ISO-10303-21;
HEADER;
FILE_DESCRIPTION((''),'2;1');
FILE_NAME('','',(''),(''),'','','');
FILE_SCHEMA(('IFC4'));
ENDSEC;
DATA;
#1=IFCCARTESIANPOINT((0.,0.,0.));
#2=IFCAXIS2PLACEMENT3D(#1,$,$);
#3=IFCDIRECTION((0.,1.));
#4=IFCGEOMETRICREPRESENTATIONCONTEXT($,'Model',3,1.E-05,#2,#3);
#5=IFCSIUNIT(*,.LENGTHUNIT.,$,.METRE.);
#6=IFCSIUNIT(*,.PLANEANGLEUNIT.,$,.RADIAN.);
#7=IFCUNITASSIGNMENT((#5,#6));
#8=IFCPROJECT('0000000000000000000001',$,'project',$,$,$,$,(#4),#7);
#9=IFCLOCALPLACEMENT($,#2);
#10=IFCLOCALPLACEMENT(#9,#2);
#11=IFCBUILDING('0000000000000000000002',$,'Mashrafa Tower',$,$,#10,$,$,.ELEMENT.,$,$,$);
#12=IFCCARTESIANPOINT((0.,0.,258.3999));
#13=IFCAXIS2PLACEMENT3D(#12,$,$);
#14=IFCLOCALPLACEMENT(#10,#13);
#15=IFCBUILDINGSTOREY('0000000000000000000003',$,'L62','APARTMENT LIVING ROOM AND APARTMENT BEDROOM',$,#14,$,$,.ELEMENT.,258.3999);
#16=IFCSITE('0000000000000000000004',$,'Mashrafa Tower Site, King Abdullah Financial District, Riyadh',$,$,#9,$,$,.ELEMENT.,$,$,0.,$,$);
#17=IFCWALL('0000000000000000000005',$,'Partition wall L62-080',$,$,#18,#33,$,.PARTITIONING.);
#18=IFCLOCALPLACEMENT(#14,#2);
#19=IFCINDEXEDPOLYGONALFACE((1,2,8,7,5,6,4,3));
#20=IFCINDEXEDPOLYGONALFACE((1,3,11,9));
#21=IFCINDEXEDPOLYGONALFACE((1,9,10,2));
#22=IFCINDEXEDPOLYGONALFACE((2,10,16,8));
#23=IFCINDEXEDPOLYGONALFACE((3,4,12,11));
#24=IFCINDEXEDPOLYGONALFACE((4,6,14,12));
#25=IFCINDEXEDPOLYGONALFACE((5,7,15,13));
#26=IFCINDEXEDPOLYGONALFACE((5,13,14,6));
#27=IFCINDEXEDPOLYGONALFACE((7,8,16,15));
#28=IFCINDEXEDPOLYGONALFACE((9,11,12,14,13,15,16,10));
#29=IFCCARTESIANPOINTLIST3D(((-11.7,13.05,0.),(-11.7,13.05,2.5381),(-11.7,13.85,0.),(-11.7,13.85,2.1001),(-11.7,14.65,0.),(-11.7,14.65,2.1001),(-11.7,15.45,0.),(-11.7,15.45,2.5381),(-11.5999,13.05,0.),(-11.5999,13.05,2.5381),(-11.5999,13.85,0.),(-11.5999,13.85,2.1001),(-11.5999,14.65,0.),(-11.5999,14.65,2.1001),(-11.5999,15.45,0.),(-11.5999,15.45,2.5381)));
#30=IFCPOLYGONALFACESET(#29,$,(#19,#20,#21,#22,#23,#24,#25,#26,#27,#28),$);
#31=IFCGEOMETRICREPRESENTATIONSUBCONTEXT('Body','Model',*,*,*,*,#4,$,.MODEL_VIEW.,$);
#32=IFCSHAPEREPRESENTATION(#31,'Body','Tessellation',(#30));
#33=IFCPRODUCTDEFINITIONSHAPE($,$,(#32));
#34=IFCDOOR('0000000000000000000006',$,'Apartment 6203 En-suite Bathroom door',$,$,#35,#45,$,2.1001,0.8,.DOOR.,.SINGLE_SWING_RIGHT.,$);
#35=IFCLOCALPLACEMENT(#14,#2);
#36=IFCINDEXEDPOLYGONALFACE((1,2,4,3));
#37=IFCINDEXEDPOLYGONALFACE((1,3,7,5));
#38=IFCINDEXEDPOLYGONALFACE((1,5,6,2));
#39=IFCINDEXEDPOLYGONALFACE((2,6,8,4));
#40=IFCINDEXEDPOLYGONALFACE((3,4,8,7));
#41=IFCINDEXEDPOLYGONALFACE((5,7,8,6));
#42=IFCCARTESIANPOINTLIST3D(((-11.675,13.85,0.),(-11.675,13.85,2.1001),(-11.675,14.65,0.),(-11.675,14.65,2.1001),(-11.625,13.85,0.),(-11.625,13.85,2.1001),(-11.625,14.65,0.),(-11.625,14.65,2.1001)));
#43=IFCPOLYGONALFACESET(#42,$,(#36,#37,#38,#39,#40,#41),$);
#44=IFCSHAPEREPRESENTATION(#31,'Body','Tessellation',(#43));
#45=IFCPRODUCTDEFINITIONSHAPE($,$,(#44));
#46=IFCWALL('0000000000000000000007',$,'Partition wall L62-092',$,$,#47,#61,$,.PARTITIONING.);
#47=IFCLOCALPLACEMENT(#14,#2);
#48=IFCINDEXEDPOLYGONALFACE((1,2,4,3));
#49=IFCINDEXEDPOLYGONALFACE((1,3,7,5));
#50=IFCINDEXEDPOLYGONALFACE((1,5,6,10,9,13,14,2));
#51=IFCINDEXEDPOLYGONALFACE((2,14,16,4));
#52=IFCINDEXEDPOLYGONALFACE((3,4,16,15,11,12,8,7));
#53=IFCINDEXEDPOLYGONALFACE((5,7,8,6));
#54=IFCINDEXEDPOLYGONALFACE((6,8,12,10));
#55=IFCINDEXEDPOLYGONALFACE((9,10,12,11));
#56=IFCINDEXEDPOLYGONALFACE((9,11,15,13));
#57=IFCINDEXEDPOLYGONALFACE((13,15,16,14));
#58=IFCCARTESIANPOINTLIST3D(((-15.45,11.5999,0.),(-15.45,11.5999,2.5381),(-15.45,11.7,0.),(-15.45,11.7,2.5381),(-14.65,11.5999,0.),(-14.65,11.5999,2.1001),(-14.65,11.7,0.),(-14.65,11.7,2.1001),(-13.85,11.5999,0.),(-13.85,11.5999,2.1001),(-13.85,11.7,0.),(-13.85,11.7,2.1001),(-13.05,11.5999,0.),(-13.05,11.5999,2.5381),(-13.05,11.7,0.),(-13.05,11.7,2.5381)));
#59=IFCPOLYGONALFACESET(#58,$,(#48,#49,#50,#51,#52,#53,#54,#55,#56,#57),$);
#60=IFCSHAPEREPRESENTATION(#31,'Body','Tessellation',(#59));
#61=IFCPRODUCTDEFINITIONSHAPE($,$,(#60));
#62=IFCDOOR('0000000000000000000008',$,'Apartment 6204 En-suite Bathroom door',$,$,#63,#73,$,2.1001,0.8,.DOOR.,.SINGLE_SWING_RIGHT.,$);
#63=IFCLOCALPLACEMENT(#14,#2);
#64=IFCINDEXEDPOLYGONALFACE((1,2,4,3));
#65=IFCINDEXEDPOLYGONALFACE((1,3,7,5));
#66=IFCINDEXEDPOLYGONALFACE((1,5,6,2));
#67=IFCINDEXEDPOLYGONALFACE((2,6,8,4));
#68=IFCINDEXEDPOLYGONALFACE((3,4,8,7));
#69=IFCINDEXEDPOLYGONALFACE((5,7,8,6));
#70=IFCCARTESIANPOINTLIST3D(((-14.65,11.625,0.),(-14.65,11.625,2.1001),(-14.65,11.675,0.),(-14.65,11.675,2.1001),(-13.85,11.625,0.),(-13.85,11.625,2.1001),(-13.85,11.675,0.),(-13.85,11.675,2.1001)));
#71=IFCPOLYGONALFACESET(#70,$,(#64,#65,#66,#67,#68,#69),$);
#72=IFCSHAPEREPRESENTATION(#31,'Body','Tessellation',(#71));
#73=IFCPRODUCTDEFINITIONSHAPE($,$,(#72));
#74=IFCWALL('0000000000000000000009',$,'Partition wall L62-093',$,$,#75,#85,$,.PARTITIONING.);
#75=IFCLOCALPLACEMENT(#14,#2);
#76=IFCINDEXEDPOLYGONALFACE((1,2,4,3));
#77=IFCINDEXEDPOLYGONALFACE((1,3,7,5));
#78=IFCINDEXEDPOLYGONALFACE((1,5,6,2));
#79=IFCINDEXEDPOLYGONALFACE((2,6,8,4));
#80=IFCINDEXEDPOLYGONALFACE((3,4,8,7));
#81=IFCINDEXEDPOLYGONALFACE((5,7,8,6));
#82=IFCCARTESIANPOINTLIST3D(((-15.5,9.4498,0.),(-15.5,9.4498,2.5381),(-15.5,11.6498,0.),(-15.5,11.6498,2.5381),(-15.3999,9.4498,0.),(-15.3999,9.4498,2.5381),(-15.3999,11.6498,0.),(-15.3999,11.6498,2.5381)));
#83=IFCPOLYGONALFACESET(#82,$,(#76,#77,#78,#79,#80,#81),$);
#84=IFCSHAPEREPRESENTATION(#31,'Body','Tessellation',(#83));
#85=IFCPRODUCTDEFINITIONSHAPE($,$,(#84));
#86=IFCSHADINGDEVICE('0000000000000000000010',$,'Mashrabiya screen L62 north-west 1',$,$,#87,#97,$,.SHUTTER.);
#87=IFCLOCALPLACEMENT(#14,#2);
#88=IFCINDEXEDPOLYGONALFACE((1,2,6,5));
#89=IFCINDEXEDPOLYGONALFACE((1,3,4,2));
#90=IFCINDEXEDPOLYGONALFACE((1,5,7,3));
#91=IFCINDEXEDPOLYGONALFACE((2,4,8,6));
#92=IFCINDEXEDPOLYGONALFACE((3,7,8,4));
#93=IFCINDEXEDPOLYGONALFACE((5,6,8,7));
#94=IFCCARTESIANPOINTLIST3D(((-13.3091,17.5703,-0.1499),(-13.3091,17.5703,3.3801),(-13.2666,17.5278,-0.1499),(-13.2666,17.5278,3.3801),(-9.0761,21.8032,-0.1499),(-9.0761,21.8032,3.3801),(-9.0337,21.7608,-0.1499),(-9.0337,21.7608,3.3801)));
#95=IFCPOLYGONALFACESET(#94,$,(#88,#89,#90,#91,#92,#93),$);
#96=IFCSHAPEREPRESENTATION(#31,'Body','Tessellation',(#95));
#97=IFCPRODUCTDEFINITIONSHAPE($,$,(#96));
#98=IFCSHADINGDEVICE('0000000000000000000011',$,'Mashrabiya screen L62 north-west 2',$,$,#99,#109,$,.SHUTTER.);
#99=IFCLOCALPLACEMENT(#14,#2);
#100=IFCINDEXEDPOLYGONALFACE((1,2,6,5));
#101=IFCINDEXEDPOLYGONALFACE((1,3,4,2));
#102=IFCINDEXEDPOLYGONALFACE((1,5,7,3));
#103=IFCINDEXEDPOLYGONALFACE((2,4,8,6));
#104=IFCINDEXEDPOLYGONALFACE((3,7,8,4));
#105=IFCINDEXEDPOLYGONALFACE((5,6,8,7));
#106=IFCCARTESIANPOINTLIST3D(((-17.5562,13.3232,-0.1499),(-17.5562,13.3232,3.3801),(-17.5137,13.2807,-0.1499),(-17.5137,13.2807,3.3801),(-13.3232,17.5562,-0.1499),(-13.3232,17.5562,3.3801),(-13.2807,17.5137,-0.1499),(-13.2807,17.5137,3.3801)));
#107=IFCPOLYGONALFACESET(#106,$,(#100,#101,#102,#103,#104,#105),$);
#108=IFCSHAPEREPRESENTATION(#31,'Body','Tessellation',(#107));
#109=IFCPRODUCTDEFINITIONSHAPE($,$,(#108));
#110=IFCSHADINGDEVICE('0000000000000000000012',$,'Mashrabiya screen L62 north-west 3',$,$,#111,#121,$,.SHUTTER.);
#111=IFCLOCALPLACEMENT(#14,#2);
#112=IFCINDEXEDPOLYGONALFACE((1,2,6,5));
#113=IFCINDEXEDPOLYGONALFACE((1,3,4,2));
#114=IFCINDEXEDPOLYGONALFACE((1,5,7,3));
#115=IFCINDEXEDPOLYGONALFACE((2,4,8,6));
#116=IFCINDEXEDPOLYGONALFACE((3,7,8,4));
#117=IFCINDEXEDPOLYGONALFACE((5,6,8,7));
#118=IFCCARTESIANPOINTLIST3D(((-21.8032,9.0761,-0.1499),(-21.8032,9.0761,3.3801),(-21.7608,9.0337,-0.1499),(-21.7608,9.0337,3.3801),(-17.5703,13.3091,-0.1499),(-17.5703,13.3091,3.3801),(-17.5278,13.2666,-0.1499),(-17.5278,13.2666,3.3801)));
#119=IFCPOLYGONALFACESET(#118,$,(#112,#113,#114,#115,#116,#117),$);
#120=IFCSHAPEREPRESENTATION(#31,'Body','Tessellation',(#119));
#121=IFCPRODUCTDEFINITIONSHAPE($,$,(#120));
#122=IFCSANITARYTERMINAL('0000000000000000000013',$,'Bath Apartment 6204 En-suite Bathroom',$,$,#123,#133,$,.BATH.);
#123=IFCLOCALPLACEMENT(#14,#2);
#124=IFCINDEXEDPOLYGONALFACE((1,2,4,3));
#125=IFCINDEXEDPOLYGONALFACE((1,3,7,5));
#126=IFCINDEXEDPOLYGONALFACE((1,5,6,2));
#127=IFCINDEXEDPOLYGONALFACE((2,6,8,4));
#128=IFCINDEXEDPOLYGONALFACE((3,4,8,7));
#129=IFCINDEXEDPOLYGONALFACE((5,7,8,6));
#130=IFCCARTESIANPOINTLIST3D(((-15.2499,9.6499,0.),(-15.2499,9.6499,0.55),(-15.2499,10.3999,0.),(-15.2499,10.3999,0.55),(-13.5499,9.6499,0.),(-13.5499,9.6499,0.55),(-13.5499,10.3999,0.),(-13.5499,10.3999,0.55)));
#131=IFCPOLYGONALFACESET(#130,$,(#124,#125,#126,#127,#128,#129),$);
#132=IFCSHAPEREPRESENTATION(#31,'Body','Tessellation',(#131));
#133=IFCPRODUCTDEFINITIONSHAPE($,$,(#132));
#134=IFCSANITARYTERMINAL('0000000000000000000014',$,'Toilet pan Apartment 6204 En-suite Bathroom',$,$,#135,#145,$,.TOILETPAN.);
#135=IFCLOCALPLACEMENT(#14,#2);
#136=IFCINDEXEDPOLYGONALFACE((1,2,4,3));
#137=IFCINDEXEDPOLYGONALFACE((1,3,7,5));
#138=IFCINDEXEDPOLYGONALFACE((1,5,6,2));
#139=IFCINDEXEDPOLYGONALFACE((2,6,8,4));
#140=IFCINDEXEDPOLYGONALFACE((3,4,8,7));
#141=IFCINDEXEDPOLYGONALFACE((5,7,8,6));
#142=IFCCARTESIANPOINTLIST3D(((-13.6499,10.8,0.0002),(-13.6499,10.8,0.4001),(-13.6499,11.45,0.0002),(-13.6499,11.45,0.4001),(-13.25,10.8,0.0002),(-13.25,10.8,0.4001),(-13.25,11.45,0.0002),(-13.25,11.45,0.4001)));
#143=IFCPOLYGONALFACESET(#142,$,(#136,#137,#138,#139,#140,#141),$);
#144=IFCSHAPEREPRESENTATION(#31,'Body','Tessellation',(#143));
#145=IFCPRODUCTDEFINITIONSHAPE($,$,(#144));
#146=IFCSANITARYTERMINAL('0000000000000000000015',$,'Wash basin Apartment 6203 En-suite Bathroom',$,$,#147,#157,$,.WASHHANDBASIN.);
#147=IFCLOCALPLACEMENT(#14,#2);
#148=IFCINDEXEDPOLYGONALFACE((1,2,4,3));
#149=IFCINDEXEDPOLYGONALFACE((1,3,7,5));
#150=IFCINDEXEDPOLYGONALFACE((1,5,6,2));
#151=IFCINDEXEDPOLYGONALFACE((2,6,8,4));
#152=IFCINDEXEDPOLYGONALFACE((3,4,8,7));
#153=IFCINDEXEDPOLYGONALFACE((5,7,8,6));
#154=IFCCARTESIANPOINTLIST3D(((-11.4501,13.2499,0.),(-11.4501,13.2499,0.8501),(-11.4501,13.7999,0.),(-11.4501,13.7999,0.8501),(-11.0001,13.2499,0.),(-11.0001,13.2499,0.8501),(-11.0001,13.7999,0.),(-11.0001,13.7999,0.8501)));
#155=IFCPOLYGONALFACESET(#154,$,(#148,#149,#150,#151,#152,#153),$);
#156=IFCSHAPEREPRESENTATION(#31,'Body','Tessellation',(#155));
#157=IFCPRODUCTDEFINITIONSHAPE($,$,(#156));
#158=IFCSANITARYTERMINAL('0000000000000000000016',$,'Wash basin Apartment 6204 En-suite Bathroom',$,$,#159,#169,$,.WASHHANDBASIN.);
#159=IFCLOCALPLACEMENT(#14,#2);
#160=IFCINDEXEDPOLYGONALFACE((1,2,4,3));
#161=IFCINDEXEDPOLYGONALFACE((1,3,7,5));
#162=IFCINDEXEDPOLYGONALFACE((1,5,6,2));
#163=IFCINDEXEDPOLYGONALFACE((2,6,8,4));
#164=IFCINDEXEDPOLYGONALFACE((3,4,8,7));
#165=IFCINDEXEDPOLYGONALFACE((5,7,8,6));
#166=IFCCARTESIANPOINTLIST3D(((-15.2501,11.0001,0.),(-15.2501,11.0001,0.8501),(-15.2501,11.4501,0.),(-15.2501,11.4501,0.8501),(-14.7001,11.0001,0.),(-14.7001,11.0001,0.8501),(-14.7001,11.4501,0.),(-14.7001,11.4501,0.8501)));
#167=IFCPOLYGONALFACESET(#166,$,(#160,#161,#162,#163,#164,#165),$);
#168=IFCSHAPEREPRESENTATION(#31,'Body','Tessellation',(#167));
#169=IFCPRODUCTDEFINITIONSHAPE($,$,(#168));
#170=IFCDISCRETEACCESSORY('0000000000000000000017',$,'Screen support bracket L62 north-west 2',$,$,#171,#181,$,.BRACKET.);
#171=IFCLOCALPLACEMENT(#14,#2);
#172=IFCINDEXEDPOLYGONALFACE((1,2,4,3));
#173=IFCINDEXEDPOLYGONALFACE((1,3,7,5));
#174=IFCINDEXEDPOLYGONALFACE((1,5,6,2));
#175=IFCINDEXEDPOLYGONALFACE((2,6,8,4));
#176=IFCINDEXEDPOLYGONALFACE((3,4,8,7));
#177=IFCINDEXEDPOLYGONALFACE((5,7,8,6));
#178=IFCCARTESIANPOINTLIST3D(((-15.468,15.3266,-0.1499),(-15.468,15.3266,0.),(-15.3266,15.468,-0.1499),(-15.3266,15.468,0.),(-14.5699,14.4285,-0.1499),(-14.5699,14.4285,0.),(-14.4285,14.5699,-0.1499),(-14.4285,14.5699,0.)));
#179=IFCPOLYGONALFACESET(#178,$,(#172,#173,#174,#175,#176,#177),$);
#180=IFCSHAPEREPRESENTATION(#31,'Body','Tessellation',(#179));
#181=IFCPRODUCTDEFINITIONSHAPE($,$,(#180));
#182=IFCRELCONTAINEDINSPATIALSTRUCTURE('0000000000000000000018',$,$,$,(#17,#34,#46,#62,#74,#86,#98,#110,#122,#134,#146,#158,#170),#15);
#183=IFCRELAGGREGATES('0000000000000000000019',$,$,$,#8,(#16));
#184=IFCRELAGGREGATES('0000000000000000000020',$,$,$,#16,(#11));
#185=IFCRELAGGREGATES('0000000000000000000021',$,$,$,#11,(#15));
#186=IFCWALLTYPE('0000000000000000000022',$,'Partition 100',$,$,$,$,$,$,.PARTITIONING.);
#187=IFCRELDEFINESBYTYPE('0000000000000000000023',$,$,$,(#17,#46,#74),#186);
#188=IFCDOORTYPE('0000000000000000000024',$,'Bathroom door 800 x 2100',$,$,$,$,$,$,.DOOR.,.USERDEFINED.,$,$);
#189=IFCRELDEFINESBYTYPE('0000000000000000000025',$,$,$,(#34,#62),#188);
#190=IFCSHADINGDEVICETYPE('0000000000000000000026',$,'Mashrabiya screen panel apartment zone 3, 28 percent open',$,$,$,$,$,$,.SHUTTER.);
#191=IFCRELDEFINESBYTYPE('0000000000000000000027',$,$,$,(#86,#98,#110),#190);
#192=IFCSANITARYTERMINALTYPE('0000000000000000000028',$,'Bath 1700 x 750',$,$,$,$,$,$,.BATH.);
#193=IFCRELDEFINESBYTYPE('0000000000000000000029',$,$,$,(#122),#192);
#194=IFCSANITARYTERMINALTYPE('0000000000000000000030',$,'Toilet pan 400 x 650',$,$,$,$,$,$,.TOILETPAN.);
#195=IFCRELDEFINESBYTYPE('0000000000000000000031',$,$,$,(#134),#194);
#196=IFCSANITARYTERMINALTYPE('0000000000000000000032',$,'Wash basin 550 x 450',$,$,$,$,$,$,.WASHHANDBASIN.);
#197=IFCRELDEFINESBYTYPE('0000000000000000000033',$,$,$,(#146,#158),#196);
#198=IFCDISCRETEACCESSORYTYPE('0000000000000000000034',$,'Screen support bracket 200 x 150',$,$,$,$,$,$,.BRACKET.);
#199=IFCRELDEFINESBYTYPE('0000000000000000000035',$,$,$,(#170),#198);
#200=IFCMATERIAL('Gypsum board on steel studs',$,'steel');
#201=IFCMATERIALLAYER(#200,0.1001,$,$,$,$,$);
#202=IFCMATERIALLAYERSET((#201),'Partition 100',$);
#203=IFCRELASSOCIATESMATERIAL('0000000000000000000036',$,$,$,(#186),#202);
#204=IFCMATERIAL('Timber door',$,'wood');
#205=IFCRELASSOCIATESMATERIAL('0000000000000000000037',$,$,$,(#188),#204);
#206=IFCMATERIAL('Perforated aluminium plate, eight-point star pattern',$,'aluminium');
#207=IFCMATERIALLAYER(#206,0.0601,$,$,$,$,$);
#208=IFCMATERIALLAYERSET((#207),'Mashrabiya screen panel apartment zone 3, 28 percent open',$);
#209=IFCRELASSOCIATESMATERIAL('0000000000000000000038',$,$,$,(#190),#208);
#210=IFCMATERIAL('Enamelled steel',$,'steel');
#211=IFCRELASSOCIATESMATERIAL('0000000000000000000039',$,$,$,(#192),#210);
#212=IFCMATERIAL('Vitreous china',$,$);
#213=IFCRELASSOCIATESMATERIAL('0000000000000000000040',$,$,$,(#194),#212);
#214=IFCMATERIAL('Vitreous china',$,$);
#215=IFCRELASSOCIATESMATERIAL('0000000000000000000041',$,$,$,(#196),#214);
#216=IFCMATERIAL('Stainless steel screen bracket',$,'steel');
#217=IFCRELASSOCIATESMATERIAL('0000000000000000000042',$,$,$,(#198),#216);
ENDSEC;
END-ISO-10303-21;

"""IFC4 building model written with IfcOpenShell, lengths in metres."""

from ifc_helpers import new_model, si_unit, direction, frame, frame_2d, origin, origin_2d, place, context, subcontext, project, spatial, rectangle, extrude, source, transform, mapped, material, layer, layer_set, type_object, type_shapes, element, fill, save


model = new_model("IFC4")

# Units and contexts
model_context = context("Model", 3, precision=1e-05, world=origin(), true_north=direction((0.0, 1.0)))
body_context = subcontext(model_context, "Body", "Model", "MODEL_VIEW")
ifc_project = project(units=[si_unit("LENGTHUNIT", "METRE"), si_unit("PLANEANGLEUNIT", "RADIAN")], contexts=[model_context])

# Site, building, storey
site_placement = place(None, origin())
site = spatial("IfcSite", under=ifc_project, at=site_placement, Name="Mashrafa Tower Site, King Abdullah Financial District, Riyadh", CompositionType="ELEMENT", RefElevation=0.0)
building_placement = place(site_placement, origin())
building = spatial("IfcBuilding", under=site, at=building_placement, Name="Mashrafa Tower", CompositionType="ELEMENT")
storey_placement = place(building_placement, frame((0.0, 0.0, 258.3999)))
storey = spatial("IfcBuildingStorey", under=building, at=storey_placement, Name="L62", Description="APARTMENT LIVING ROOM AND APARTMENT BEDROOM", CompositionType="ELEMENT", Elevation=258.3999)

# Walls, openings, doors
ifc_material_1 = material(Name="Gypsum board on steel studs", Category="steel")
ifc_layer_1 = layer(ifc_material_1, 0.1001)
ifc_layer_set_1 = layer_set([ifc_layer_1], Name="Partition 100")
wall_type_1 = type_object("IfcWallType", Name="Partition 100", PredefinedType="PARTITIONING", material=ifc_layer_set_1)
wall_1_placement = place(storey_placement, frame((-11.6499, 15.45, 0.0), z_axis=(0.0, 0.0, 1.0), x_axis=(0.0, -1.0, 0.0)))
wall_1 = element("IfcWall", 1, at=wall_1_placement, inside=storey, type_object=wall_type_1, Name="Partition wall L62-080", PredefinedType="PARTITIONING", context=body_context, shape_type="SweptSolid", body=[
    extrude(rectangle(XDim=2.3999, YDim=0.1001, at=frame_2d((1.2, 0.0))), origin(), (0.0, 0.0, 1.0), 2.5381),
])
opening_1_placement = place(wall_1_placement, frame((0.8, 0.0, 0.0)))
opening_1 = element("IfcOpeningElement", 2, at=opening_1_placement, cuts=wall_1, PredefinedType="OPENING", context=body_context, shape_type="SweptSolid", body=[
    extrude(rectangle(XDim=0.8, YDim=2.1001, at=frame_2d((0.3999, 1.05))), frame((0.0, 0.0601, 0.0), z_axis=(0.0, -1.0, 0.0), x_axis=(1.0, 0.0, 0.0)), (0.0, 0.0, 1.0), 0.1201),
])
ifc_material_2 = material(Name="Timber door", Category="wood")
door_type = type_object("IfcDoorType", Name="Bathroom door 800 x 2100", OperationType="USERDEFINED", PredefinedType="DOOR", material=ifc_material_2)
door_1_placement = place(opening_1_placement, origin())
door_1 = element("IfcDoor", 3, at=door_1_placement, inside=storey, type_object=door_type, Name="Apartment 6203 En-suite Bathroom door", OperationType="SINGLE_SWING_RIGHT", OverallHeight=2.1001, OverallWidth=0.8, PredefinedType="DOOR", context=body_context, shape_type="SweptSolid", body=[
    extrude(rectangle(XDim=0.8, YDim=2.1001, at=frame_2d((0.3999, 1.05))), frame((0.0, 0.0249, 0.0), z_axis=(0.0, -1.0, 0.0), x_axis=(1.0, 0.0, 0.0)), (0.0, 0.0, 1.0), 0.05),
])
fill(opening_1, door_1)
wall_2_placement = place(storey_placement, frame((-13.05, 11.6499, 0.0), z_axis=(0.0, 0.0, 1.0), x_axis=(-1.0, 0.0, 0.0)))
wall_2 = element("IfcWall", 4, at=wall_2_placement, inside=storey, type_object=wall_type_1, Name="Partition wall L62-092", PredefinedType="PARTITIONING", context=body_context, shape_type="SweptSolid", body=[
    extrude(rectangle(XDim=2.3999, YDim=0.1001, at=frame_2d((1.2, 0.0))), origin(), (0.0, 0.0, 1.0), 2.5381),
])
opening_2_placement = place(wall_2_placement, frame((0.8, 0.0, 0.0)))
opening_2 = element("IfcOpeningElement", 5, at=opening_2_placement, cuts=wall_2, PredefinedType="OPENING", context=body_context, shape_type="SweptSolid", body=[
    extrude(rectangle(XDim=0.8, YDim=2.1001, at=frame_2d((0.3999, 1.05))), frame((0.0, 0.0601, 0.0), z_axis=(0.0, -1.0, 0.0), x_axis=(1.0, 0.0, 0.0)), (0.0, 0.0, 1.0), 0.1201),
])
door_2_placement = place(opening_2_placement, origin())
door_2 = element("IfcDoor", 6, at=door_2_placement, inside=storey, type_object=door_type, Name="Apartment 6204 En-suite Bathroom door", OperationType="SINGLE_SWING_RIGHT", OverallHeight=2.1001, OverallWidth=0.8, PredefinedType="DOOR", context=body_context, shape_type="SweptSolid", body=[
    extrude(rectangle(XDim=0.8, YDim=2.1001, at=frame_2d((0.3999, 1.05))), frame((0.0, 0.0249, 0.0), z_axis=(0.0, -1.0, 0.0), x_axis=(1.0, 0.0, 0.0)), (0.0, 0.0, 1.0), 0.05),
])
fill(opening_2, door_2)

# Wall
wall_3_placement = place(storey_placement, frame((-15.45, 11.6499, 0.0), z_axis=(0.0, 0.0, 1.0), x_axis=(0.0, -1.0, 0.0)))
element("IfcWall", 7, at=wall_3_placement, inside=storey, type_object=wall_type_1, Name="Partition wall L62-093", PredefinedType="PARTITIONING", context=body_context, shape_type="SweptSolid", body=[
    extrude(rectangle(XDim=2.2, YDim=0.1001, at=frame_2d((1.1001, 0.0))), origin(), (0.0, 0.0, 1.0), 2.5381),
])

# Shading devices
ifc_material_3 = material(Name="Perforated aluminium plate, eight-point star pattern", Category="aluminium")
ifc_layer_2 = layer(ifc_material_3, 0.0601)
ifc_layer_set_2 = layer_set([ifc_layer_2], Name="Mashrabiya screen panel apartment zone 3, 28 percent open")
shading_device_type = type_object("IfcShadingDeviceType", Name="Mashrabiya screen panel apartment zone 3, 28 percent open", PredefinedType="SHUTTER", material=ifc_layer_set_2)
shared_shape_1 = source(origin(), body_context, "Body", "SweptSolid", [
    extrude(rectangle(XDim=5.9863, YDim=0.0601, at=origin_2d()), origin(), (0.0, 0.0, 1.0), 3.53),
])
type_shapes(shading_device_type, [shared_shape_1])
for number, where, z_axis, x_axis, name in (
    (8, (-11.1714, 19.6655, -0.1499), (0.0, 0.0, 1.0), (-0.707107, -0.707107, 0.0), "Mashrabiya screen L62 north-west 1"),
    (9, (-15.4185, 15.4185, -0.1499), (0.0, 0.0, 1.0), (-0.707107, -0.707107, 0.0), "Mashrabiya screen L62 north-west 2"),
    (10, (-19.6655, 11.1714, -0.1499), (0.0, 0.0, 1.0), (-0.707107, -0.707107, 0.0), "Mashrabiya screen L62 north-west 3"),
):
    element("IfcShadingDevice", number, at=place(storey_placement, frame(where, z_axis=z_axis, x_axis=x_axis)), inside=storey, type_object=shading_device_type, Name=name, PredefinedType="SHUTTER", context=body_context, shape_type="MappedRepresentation", body=[
        mapped(shared_shape_1, transform((0.0, 0.0, 0.0))),
    ])

# Sanitary terminals
ifc_material_4 = material(Name="Enamelled steel", Category="steel")
sanitary_terminal_type_1 = type_object("IfcSanitaryTerminalType", Name="Bath 1700 x 750", PredefinedType="BATH", material=ifc_material_4)
sanitary_terminal_1_placement = place(storey_placement, frame((-14.3999, 10.0249, 0.0), z_axis=(0.0, 0.0, 1.0), x_axis=(1.0, 0.0, 0.0)))
element("IfcSanitaryTerminal", 11, at=sanitary_terminal_1_placement, inside=storey, type_object=sanitary_terminal_type_1, Name="Bath Apartment 6204 En-suite Bathroom", PredefinedType="BATH", context=body_context, shape_type="SweptSolid", body=[
    extrude(rectangle(XDim=1.7, YDim=0.75, at=origin_2d()), origin(), (0.0, 0.0, 1.0), 0.55),
])
ifc_material_5 = material(Name="Vitreous china")
sanitary_terminal_type_2 = type_object("IfcSanitaryTerminalType", Name="Toilet pan 400 x 650", PredefinedType="TOILETPAN", material=ifc_material_5)
sanitary_terminal_2_placement = place(storey_placement, frame((-13.45, 11.125, 0.0002), z_axis=(0.0, 0.0, 1.0), x_axis=(-1.0, 0.0, 0.0)))
element("IfcSanitaryTerminal", 12, at=sanitary_terminal_2_placement, inside=storey, type_object=sanitary_terminal_type_2, Name="Toilet pan Apartment 6204 En-suite Bathroom", PredefinedType="TOILETPAN", context=body_context, shape_type="SweptSolid", body=[
    extrude(rectangle(XDim=0.3999, YDim=0.6499, at=origin_2d()), origin(), (0.0, 0.0, 1.0), 0.3999),
])
ifc_material_6 = material(Name="Vitreous china")
sanitary_terminal_type_3 = type_object("IfcSanitaryTerminalType", Name="Wash basin 550 x 450", PredefinedType="WASHHANDBASIN", material=ifc_material_6)
for number, where, z_axis, x_axis, name in (
    (13, (-11.2251, 13.5249, 0.0), (0.0, 0.0, 1.0), (0.0, -1.0, 0.0), "Wash basin Apartment 6203 En-suite Bathroom"),
    (14, (-14.9751, 11.2251, 0.0), (0.0, 0.0, 1.0), (-1.0, 0.0, 0.0), "Wash basin Apartment 6204 En-suite Bathroom"),
):
    element("IfcSanitaryTerminal", number, at=place(storey_placement, frame(where, z_axis=z_axis, x_axis=x_axis)), inside=storey, type_object=sanitary_terminal_type_3, Name=name, PredefinedType="WASHHANDBASIN", context=body_context, shape_type="SweptSolid", body=[
        extrude(rectangle(XDim=0.55, YDim=0.45, at=origin_2d()), origin(), (0.0, 0.0, 1.0), 0.8501),
    ])

# Discrete accessory
ifc_material_7 = material(Name="Stainless steel screen bracket", Category="steel")
discrete_accessory_type = type_object("IfcDiscreteAccessoryType", Name="Screen support bracket 200 x 150", PredefinedType="BRACKET", material=ifc_material_7)
shared_shape_2 = source(origin(), body_context, "Body", "SweptSolid", [
    extrude(rectangle(XDim=0.2, YDim=1.27, at=origin_2d()), origin(), (0.0, 0.0, 1.0), 0.1499),
])
type_shapes(discrete_accessory_type, [shared_shape_2])
for number, where, z_axis, x_axis, name in (
    (15, (-14.9482, 14.9482, -0.1499), (0.0, 0.0, 1.0), (-0.707107, -0.707107, 0.0), "Screen support bracket L62 north-west 2"),
):
    element("IfcDiscreteAccessory", number, at=place(storey_placement, frame(where, z_axis=z_axis, x_axis=x_axis)), inside=storey, type_object=discrete_accessory_type, Name=name, PredefinedType="BRACKET", context=body_context, shape_type="MappedRepresentation", body=[
        mapped(shared_shape_2, transform((0.0, 0.0, 0.0))),
    ])

save(model, "model.ifc")
